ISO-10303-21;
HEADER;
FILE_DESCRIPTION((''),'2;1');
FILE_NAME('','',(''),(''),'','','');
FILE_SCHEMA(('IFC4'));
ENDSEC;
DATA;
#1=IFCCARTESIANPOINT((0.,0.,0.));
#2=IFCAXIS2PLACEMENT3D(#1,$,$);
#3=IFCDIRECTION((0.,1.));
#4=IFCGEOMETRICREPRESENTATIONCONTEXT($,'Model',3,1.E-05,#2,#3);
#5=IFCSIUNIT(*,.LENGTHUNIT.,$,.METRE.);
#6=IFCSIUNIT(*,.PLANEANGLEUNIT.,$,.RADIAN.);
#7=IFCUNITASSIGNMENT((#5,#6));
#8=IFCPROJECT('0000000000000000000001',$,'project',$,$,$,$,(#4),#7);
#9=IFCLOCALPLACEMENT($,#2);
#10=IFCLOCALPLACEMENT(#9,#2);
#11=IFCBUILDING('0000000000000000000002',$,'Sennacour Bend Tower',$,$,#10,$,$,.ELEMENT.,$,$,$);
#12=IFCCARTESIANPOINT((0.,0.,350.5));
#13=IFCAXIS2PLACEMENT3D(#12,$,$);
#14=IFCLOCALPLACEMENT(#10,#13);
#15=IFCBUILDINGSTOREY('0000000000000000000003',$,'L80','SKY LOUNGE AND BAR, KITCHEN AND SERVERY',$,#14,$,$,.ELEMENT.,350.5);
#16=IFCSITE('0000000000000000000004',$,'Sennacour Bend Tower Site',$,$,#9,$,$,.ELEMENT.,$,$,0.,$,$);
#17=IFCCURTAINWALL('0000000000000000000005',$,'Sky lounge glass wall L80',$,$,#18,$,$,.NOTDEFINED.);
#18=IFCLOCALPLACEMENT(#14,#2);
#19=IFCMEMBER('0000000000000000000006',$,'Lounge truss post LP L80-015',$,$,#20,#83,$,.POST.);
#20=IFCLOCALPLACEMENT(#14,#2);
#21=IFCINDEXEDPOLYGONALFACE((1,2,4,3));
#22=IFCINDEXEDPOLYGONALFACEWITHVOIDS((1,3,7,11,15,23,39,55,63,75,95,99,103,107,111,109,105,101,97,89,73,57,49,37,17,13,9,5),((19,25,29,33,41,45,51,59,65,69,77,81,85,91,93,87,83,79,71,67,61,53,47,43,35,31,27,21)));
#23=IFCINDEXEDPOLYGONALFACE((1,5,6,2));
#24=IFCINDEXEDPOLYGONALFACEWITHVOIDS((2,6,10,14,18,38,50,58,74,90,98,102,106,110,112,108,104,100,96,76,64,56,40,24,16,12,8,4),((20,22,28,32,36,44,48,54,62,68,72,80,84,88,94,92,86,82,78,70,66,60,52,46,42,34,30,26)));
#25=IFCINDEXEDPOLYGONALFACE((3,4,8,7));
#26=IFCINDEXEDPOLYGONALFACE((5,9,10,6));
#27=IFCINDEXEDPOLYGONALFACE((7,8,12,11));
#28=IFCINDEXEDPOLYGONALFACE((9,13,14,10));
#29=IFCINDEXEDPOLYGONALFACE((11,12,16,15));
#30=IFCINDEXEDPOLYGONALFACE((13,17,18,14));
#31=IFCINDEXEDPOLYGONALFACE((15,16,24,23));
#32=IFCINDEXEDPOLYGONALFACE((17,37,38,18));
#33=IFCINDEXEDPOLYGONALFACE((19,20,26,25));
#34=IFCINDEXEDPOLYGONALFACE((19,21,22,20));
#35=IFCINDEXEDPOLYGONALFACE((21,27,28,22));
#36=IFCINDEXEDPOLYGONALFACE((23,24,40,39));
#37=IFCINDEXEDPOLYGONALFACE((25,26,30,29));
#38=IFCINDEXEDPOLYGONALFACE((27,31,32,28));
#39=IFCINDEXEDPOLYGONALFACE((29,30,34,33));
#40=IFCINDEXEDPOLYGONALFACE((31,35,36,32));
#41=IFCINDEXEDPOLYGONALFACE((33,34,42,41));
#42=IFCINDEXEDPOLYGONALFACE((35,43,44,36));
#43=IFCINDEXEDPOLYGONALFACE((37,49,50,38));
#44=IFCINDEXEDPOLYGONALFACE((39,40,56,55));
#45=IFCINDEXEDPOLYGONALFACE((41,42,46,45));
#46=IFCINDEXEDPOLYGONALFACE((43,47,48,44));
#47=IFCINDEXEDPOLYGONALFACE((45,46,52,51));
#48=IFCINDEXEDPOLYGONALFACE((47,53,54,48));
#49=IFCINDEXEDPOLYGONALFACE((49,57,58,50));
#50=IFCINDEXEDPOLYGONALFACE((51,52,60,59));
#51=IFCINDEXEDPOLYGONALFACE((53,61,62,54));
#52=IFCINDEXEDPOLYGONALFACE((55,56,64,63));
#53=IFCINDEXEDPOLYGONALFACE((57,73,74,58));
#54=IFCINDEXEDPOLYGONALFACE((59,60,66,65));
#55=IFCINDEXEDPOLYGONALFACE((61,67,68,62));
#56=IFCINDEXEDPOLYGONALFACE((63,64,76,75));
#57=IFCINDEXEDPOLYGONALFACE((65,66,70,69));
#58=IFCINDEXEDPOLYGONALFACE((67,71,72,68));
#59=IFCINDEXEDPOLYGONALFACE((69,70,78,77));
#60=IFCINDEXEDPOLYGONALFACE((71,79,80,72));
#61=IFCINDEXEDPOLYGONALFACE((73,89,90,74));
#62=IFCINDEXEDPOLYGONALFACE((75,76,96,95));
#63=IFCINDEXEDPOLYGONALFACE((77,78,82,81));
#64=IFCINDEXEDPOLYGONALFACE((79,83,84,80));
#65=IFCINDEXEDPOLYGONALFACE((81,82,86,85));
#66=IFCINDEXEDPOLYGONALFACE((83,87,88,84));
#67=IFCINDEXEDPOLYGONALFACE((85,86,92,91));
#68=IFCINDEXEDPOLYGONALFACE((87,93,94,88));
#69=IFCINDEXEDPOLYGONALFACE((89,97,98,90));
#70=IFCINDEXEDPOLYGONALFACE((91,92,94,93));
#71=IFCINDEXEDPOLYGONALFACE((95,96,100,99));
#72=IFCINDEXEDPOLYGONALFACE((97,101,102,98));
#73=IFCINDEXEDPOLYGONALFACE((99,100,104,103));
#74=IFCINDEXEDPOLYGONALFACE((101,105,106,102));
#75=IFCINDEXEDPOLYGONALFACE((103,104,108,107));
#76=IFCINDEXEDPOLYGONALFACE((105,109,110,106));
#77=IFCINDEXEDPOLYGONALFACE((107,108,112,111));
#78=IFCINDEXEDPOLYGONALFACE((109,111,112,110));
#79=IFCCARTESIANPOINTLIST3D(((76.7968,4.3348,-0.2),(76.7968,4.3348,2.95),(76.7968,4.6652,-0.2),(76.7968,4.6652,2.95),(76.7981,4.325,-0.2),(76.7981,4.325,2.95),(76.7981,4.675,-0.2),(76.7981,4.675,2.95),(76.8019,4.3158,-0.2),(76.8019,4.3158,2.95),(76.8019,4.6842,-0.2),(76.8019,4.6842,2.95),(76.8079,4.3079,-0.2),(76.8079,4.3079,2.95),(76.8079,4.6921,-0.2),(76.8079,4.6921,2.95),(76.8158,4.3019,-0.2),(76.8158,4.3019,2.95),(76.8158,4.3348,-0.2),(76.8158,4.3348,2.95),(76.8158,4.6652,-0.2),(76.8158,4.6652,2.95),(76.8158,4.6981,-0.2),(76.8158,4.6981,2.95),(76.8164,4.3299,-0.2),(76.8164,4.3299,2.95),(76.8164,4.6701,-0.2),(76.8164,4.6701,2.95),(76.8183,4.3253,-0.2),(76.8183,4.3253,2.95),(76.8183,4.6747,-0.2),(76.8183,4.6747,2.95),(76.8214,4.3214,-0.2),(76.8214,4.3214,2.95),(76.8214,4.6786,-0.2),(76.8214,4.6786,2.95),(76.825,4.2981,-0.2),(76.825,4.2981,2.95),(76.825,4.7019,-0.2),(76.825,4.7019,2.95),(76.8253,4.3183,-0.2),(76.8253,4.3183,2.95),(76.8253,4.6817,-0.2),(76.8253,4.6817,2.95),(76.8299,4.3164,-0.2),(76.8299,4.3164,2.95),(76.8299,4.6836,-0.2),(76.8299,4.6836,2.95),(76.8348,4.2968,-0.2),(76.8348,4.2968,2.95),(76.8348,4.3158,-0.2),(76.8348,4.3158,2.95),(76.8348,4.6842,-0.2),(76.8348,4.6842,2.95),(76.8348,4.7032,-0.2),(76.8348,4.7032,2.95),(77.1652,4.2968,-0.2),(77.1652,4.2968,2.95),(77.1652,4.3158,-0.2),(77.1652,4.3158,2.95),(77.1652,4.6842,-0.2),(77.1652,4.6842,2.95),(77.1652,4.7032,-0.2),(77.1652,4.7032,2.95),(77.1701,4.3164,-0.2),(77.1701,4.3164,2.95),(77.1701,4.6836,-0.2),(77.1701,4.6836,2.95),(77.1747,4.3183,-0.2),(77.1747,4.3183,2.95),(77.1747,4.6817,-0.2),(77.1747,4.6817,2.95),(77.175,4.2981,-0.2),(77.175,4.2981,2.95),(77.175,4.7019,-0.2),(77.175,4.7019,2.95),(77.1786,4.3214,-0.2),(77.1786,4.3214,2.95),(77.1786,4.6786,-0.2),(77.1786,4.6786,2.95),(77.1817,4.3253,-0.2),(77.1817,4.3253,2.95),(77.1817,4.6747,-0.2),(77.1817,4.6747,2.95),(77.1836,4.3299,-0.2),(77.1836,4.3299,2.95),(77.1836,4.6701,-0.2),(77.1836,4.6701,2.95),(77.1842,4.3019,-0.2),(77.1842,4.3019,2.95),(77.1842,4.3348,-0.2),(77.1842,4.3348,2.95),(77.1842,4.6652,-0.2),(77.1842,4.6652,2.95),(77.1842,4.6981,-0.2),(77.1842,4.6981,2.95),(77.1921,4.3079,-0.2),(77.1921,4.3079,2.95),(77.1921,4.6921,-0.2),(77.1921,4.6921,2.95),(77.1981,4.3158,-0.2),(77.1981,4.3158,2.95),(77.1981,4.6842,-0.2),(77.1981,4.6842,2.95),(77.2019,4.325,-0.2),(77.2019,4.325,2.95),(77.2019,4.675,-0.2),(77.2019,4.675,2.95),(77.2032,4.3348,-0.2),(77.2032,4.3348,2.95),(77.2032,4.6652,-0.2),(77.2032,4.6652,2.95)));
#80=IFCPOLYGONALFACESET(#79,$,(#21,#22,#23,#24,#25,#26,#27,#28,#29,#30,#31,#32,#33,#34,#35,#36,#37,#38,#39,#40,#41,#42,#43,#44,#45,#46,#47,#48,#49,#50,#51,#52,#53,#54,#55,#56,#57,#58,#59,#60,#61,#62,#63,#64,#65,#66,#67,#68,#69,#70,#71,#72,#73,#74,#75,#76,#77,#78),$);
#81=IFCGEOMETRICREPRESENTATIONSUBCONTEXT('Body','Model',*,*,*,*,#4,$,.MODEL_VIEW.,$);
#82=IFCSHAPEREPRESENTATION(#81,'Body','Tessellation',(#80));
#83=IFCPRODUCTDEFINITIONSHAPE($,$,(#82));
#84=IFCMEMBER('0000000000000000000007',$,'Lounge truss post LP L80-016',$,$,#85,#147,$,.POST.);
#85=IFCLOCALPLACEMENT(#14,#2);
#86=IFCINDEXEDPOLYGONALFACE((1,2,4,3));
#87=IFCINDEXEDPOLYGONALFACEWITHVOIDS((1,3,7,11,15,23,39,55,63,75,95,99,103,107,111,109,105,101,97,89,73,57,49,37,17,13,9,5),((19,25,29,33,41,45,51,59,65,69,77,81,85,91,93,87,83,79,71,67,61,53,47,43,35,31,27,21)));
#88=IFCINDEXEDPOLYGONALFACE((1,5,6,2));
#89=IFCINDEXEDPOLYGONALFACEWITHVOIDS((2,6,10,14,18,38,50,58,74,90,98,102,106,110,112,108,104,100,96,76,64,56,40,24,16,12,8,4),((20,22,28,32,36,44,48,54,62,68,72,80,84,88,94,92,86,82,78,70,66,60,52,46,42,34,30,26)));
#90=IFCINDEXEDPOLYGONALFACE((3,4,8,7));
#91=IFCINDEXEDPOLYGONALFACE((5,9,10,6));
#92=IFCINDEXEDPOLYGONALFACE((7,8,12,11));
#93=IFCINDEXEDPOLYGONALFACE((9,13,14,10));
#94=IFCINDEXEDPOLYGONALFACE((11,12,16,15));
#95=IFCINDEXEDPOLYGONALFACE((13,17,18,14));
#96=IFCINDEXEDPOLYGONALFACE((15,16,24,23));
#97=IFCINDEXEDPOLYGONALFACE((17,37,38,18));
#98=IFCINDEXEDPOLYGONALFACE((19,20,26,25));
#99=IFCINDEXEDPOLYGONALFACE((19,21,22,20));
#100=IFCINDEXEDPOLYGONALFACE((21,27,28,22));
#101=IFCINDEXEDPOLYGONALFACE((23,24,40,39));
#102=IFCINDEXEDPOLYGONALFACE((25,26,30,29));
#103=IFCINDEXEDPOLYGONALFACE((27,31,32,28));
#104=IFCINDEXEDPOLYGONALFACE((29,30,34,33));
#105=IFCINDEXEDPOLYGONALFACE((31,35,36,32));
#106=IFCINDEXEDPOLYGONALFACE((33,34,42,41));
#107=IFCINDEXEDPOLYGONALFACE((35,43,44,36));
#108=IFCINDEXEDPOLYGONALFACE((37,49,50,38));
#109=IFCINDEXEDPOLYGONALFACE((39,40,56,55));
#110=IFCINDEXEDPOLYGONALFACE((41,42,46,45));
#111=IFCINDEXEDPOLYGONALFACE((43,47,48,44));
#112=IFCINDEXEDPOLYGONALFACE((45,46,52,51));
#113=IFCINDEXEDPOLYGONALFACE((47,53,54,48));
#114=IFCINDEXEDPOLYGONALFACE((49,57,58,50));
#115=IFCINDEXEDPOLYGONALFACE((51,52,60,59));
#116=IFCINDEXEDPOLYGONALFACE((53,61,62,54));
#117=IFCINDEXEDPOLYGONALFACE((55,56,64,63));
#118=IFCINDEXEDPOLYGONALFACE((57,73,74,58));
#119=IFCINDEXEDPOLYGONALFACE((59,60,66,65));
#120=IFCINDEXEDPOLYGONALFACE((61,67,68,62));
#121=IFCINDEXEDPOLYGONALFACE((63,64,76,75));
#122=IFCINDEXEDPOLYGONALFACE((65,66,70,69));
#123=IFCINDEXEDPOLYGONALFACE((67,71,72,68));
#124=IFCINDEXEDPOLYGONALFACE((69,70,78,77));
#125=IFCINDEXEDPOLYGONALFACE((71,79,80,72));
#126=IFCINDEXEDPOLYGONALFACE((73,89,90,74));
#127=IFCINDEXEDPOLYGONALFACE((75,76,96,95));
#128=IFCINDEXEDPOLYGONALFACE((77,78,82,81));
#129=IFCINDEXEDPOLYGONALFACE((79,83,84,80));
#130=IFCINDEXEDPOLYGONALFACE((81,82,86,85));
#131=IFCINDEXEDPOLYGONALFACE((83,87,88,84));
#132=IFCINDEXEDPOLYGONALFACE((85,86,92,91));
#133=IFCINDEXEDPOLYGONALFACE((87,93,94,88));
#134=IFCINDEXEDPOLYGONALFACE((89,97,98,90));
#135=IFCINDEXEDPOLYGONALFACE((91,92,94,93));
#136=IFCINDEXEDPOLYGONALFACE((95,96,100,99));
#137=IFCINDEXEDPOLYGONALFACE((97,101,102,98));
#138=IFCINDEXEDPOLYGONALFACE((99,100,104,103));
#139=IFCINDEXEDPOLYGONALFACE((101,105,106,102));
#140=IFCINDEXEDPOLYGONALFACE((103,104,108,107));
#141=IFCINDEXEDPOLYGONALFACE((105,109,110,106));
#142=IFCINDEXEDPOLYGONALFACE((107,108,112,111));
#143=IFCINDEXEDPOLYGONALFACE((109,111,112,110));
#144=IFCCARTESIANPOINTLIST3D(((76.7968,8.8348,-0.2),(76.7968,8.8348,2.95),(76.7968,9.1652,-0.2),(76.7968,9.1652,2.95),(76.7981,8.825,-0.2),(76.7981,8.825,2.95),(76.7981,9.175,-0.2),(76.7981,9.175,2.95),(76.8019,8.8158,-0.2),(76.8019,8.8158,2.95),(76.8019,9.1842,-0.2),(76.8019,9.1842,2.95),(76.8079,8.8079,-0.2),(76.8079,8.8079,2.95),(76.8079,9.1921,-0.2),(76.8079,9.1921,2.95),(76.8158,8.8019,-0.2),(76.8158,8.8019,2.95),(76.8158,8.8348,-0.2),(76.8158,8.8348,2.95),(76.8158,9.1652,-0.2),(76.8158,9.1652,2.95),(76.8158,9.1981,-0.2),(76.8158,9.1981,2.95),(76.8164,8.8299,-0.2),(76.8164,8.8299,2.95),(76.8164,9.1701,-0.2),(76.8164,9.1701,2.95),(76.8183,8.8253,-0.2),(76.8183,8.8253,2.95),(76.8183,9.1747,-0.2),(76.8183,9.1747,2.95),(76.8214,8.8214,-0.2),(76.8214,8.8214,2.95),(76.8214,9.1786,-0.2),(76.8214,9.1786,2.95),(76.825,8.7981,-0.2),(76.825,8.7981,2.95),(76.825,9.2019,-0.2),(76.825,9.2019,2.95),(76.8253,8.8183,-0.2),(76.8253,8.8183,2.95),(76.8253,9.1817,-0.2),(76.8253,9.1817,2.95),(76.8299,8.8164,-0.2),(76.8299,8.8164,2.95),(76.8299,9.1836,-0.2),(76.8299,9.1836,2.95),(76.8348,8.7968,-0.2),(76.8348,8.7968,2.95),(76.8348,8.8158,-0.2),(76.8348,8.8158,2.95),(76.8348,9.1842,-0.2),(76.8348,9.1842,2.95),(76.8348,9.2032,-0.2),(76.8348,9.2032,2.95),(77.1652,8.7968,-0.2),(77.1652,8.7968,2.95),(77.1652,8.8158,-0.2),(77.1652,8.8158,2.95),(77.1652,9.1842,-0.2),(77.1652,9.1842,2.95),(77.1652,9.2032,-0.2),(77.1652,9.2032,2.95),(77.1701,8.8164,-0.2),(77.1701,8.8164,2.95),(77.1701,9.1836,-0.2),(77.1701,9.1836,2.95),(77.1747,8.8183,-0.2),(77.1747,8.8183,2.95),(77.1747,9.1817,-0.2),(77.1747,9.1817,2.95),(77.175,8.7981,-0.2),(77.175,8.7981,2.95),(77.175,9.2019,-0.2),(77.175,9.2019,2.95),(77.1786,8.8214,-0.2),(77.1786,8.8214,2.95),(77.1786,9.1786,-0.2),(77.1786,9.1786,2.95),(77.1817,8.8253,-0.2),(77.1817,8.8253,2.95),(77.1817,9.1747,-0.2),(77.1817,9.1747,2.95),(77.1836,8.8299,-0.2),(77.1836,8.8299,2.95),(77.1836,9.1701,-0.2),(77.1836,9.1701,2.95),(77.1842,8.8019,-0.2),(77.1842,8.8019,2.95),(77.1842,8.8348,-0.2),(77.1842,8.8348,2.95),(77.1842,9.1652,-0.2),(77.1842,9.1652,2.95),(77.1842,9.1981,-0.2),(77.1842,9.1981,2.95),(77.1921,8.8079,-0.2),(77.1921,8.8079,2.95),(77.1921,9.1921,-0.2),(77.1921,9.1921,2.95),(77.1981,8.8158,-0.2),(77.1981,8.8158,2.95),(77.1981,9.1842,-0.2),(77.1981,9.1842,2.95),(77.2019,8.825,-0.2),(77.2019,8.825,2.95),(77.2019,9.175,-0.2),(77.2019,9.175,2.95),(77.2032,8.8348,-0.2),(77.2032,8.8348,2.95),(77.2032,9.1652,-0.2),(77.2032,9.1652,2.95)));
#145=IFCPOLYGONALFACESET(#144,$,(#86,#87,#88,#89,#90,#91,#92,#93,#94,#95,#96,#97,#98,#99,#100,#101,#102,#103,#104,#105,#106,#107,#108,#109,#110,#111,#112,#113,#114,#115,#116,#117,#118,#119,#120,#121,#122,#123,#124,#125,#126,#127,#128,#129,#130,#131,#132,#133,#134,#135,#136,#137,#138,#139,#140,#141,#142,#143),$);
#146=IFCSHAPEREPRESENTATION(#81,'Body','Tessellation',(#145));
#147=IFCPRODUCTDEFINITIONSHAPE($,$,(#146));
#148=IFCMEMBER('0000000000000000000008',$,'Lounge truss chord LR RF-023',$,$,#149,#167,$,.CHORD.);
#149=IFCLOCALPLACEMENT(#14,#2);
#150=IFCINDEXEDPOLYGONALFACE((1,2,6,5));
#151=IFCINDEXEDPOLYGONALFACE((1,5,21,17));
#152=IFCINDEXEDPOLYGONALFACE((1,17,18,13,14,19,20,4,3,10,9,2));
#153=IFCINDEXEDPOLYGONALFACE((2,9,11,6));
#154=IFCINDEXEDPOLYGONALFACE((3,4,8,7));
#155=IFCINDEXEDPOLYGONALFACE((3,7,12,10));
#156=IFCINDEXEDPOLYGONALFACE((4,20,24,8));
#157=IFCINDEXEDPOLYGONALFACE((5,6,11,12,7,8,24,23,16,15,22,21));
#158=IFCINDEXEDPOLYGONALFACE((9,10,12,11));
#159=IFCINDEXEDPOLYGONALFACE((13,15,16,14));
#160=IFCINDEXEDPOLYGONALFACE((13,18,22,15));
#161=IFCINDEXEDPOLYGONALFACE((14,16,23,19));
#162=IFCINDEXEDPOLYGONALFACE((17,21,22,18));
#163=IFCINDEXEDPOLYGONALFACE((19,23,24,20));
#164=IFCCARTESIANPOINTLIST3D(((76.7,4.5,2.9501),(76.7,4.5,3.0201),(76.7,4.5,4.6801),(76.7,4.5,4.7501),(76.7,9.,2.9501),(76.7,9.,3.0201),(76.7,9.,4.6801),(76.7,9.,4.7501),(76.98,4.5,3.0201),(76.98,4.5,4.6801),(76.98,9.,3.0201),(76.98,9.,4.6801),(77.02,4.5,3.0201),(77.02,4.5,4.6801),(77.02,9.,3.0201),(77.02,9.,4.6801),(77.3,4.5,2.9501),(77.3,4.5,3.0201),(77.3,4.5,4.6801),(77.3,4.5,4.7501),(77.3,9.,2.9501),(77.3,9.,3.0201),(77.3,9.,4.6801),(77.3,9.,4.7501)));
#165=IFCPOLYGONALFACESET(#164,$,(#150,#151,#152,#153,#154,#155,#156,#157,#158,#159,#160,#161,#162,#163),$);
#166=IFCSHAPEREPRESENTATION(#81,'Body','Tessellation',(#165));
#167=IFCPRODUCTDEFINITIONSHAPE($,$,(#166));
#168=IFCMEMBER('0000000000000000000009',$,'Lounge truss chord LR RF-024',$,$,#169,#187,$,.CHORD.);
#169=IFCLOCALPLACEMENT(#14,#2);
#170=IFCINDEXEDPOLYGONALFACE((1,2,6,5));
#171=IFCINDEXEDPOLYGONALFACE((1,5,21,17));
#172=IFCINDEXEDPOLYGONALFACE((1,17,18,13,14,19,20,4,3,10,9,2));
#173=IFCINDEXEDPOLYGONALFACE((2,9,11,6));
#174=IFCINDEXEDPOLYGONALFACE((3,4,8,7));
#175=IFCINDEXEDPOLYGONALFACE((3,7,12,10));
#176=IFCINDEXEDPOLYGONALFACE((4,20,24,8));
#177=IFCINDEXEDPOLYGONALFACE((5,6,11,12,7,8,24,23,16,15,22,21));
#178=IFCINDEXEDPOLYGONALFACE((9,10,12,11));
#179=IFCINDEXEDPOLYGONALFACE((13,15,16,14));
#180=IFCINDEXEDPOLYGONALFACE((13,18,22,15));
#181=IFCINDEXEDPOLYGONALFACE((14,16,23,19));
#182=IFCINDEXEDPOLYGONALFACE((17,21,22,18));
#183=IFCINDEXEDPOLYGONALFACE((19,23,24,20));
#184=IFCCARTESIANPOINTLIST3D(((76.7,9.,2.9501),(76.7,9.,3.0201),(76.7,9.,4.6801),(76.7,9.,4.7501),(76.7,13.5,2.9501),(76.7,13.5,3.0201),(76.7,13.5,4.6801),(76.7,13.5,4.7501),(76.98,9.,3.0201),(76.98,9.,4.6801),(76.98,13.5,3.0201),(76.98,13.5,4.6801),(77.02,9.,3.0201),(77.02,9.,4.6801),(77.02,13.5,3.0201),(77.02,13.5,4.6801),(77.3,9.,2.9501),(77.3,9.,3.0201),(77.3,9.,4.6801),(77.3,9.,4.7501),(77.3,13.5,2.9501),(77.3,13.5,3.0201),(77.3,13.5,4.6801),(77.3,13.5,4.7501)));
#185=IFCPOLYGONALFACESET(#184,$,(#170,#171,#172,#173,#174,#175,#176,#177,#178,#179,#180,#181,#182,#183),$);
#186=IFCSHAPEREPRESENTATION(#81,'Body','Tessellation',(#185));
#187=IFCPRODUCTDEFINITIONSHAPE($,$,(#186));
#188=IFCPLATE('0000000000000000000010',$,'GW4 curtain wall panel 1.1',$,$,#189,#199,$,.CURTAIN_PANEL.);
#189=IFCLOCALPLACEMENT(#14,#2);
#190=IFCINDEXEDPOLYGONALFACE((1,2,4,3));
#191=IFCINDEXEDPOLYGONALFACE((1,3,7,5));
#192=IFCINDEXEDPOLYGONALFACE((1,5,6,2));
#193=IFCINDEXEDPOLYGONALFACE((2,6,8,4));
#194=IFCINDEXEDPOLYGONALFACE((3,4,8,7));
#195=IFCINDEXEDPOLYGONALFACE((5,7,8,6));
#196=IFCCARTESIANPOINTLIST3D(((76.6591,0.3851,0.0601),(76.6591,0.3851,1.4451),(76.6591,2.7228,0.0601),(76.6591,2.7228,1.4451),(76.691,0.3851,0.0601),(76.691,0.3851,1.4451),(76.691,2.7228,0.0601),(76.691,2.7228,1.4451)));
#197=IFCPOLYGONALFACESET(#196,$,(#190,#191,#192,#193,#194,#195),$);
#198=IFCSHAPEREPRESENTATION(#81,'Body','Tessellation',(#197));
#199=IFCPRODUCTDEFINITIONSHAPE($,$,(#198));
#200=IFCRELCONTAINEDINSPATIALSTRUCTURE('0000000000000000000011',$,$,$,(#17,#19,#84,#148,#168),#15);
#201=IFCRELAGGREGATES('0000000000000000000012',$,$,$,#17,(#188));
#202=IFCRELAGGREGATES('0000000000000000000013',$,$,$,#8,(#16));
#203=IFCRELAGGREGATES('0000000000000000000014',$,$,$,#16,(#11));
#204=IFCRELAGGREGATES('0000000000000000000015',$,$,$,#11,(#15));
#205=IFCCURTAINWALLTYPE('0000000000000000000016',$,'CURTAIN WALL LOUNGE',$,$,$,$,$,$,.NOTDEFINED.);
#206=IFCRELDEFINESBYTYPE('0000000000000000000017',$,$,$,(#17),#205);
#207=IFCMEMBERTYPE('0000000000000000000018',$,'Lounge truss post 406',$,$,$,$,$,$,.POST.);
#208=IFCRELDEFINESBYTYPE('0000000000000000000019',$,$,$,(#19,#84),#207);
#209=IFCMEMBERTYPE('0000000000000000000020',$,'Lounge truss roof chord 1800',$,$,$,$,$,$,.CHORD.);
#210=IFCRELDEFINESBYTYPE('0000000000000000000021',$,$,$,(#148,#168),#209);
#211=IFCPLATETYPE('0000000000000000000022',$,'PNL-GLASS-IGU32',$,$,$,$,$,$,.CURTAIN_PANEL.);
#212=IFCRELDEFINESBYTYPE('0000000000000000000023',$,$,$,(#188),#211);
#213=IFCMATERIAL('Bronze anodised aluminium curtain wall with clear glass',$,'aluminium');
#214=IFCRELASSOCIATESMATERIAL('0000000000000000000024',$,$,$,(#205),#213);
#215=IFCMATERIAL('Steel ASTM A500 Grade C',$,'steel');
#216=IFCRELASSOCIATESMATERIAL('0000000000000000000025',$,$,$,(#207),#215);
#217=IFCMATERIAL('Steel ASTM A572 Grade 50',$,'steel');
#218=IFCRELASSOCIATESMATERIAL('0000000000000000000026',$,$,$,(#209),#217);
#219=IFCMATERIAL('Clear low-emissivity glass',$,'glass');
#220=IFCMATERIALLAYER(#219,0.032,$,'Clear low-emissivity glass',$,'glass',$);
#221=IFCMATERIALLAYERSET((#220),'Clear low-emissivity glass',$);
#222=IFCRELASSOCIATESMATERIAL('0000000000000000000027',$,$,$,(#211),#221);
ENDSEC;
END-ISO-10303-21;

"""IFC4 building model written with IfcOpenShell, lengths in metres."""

from ifc_helpers import new_model, si_unit, direction, frame, origin, origin_2d, place, context, subcontext, project, spatial, rectangle, hollow_rectangle, i_section, extrude, material, layer, layer_set, material_profile, profile_set, type_object, element, aggregate, save


model = new_model("IFC4")

# Units and contexts
model_context = context("Model", 3, precision=1e-05, world=origin(), true_north=direction((0.0, 1.0)))
body_context = subcontext(model_context, "Body", "Model", "MODEL_VIEW")
ifc_project = project(units=[si_unit("LENGTHUNIT", "METRE"), si_unit("PLANEANGLEUNIT", "RADIAN")], contexts=[model_context])

# Site, building, storey
site_placement = place(None, origin())
site = spatial("IfcSite", under=ifc_project, at=site_placement, Name="Sennacour Bend Tower Site", CompositionType="ELEMENT", RefElevation=0.0)
building_placement = place(site_placement, origin())
building = spatial("IfcBuilding", under=site, at=building_placement, Name="Sennacour Bend Tower", CompositionType="ELEMENT")
storey_placement = place(building_placement, frame((0.0, 0.0, 350.5)))
storey = spatial("IfcBuildingStorey", under=building, at=storey_placement, Name="L80", Description="SKY LOUNGE AND BAR, KITCHEN AND SERVERY", CompositionType="ELEMENT", Elevation=350.5)

# Curtain wall
ifc_material_1 = material(Name="Bronze anodised aluminium curtain wall with clear glass", Category="aluminium")
curtain_wall_type = type_object("IfcCurtainWallType", Name="CURTAIN WALL LOUNGE", PredefinedType="NOTDEFINED", material=ifc_material_1)
curtain_wall_1_placement = place(storey_placement, origin())
curtain_wall_1 = element("IfcCurtainWall", 1, at=curtain_wall_1_placement, inside=storey, type_object=curtain_wall_type, Name="Sky lounge glass wall L80", PredefinedType="NOTDEFINED")

# Members
ifc_material_2 = material(Name="Steel ASTM A500 Grade C", Category="steel")
ifc_material_profile_1 = material_profile(ifc_material_2, hollow_rectangle(XDim=0.4065, YDim=0.4065, WallThickness=0.019, InnerFilletRadius=0.019, OuterFilletRadius=0.0381, at=origin_2d()), Name="Steel ASTM A500 Grade C", Category="steel")
ifc_profile_set_1 = profile_set([ifc_material_profile_1], Name="Steel ASTM A500 Grade C")
member_type_1 = type_object("IfcMemberType", Name="Lounge truss post 406", PredefinedType="POST", material=ifc_profile_set_1)
for number, where, z_axis, x_axis, name in (
    (2, (77.0, 4.5, -0.2), (0.0, 0.0, 1.0), (1.0, 0.0, 0.0), "Lounge truss post LP L80-015"),
    (3, (77.0, 9.0, -0.2), (0.0, 0.0, 1.0), (1.0, 0.0, 0.0), "Lounge truss post LP L80-016"),
):
    element("IfcMember", number, at=place(storey_placement, frame(where, z_axis=z_axis, x_axis=x_axis)), inside=storey, type_object=member_type_1, Name=name, PredefinedType="POST", context=body_context, shape_type="SweptSolid", body=[
        extrude(hollow_rectangle(XDim=0.4065, YDim=0.4065, WallThickness=0.019, InnerFilletRadius=0.019, OuterFilletRadius=0.0381, at=origin_2d()), origin(), (0.0, 0.0, 1.0), 3.1499),
    ])
ifc_material_3 = material(Name="Steel ASTM A572 Grade 50", Category="steel")
ifc_material_profile_2 = material_profile(ifc_material_3, i_section(OverallWidth=0.6001, OverallDepth=1.8, WebThickness=0.04, FlangeThickness=0.0701, at=origin_2d()), Name="Steel ASTM A572 Grade 50", Category="steel")
ifc_profile_set_2 = profile_set([ifc_material_profile_2], Name="Steel ASTM A572 Grade 50")
member_type_2 = type_object("IfcMemberType", Name="Lounge truss roof chord 1800", PredefinedType="CHORD", material=ifc_profile_set_2)
for number, where, z_axis, x_axis, name in (
    (4, (77.0, 4.5, 3.8501), (0.0, 1.0, 0.0), (-1.0, 0.0, 0.0), "Lounge truss chord LR RF-023"),
    (5, (77.0, 9.0, 3.8501), (0.0, 1.0, 0.0), (-1.0, 0.0, 0.0), "Lounge truss chord LR RF-024"),
):
    element("IfcMember", number, at=place(storey_placement, frame(where, z_axis=z_axis, x_axis=x_axis)), inside=storey, type_object=member_type_2, Name=name, PredefinedType="CHORD", context=body_context, shape_type="SweptSolid", body=[
        extrude(i_section(OverallWidth=0.6001, OverallDepth=1.8, WebThickness=0.04, FlangeThickness=0.0701, at=origin_2d()), origin(), (0.0, 0.0, 1.0), 4.5),
    ])

# Plate
ifc_material_4 = material(Name="Clear low-emissivity glass", Category="glass")
ifc_layer = layer(ifc_material_4, 0.032, Name="Clear low-emissivity glass", Category="glass")
ifc_layer_set = layer_set([ifc_layer], Name="Clear low-emissivity glass")
plate_type = type_object("IfcPlateType", Name="PNL-GLASS-IGU32", PredefinedType="CURTAIN_PANEL", material=ifc_layer_set)
plate_1_placement = place(storey_placement, frame((76.675, 1.554, 0.0601), z_axis=(0.0, 0.0, 1.0), x_axis=(0.0, 1.0, 0.0)))
plate_1 = element("IfcPlate", 6, at=plate_1_placement, type_object=plate_type, Name="GW4 curtain wall panel 1.1", PredefinedType="CURTAIN_PANEL", context=body_context, shape_type="SweptSolid", body=[
    extrude(rectangle(XDim=2.3376, YDim=0.032, at=origin_2d()), origin(), (0.0, 0.0, 1.0), 1.385),
])
aggregate(curtain_wall_1, [plate_1])

save(model, "model.ifc")
